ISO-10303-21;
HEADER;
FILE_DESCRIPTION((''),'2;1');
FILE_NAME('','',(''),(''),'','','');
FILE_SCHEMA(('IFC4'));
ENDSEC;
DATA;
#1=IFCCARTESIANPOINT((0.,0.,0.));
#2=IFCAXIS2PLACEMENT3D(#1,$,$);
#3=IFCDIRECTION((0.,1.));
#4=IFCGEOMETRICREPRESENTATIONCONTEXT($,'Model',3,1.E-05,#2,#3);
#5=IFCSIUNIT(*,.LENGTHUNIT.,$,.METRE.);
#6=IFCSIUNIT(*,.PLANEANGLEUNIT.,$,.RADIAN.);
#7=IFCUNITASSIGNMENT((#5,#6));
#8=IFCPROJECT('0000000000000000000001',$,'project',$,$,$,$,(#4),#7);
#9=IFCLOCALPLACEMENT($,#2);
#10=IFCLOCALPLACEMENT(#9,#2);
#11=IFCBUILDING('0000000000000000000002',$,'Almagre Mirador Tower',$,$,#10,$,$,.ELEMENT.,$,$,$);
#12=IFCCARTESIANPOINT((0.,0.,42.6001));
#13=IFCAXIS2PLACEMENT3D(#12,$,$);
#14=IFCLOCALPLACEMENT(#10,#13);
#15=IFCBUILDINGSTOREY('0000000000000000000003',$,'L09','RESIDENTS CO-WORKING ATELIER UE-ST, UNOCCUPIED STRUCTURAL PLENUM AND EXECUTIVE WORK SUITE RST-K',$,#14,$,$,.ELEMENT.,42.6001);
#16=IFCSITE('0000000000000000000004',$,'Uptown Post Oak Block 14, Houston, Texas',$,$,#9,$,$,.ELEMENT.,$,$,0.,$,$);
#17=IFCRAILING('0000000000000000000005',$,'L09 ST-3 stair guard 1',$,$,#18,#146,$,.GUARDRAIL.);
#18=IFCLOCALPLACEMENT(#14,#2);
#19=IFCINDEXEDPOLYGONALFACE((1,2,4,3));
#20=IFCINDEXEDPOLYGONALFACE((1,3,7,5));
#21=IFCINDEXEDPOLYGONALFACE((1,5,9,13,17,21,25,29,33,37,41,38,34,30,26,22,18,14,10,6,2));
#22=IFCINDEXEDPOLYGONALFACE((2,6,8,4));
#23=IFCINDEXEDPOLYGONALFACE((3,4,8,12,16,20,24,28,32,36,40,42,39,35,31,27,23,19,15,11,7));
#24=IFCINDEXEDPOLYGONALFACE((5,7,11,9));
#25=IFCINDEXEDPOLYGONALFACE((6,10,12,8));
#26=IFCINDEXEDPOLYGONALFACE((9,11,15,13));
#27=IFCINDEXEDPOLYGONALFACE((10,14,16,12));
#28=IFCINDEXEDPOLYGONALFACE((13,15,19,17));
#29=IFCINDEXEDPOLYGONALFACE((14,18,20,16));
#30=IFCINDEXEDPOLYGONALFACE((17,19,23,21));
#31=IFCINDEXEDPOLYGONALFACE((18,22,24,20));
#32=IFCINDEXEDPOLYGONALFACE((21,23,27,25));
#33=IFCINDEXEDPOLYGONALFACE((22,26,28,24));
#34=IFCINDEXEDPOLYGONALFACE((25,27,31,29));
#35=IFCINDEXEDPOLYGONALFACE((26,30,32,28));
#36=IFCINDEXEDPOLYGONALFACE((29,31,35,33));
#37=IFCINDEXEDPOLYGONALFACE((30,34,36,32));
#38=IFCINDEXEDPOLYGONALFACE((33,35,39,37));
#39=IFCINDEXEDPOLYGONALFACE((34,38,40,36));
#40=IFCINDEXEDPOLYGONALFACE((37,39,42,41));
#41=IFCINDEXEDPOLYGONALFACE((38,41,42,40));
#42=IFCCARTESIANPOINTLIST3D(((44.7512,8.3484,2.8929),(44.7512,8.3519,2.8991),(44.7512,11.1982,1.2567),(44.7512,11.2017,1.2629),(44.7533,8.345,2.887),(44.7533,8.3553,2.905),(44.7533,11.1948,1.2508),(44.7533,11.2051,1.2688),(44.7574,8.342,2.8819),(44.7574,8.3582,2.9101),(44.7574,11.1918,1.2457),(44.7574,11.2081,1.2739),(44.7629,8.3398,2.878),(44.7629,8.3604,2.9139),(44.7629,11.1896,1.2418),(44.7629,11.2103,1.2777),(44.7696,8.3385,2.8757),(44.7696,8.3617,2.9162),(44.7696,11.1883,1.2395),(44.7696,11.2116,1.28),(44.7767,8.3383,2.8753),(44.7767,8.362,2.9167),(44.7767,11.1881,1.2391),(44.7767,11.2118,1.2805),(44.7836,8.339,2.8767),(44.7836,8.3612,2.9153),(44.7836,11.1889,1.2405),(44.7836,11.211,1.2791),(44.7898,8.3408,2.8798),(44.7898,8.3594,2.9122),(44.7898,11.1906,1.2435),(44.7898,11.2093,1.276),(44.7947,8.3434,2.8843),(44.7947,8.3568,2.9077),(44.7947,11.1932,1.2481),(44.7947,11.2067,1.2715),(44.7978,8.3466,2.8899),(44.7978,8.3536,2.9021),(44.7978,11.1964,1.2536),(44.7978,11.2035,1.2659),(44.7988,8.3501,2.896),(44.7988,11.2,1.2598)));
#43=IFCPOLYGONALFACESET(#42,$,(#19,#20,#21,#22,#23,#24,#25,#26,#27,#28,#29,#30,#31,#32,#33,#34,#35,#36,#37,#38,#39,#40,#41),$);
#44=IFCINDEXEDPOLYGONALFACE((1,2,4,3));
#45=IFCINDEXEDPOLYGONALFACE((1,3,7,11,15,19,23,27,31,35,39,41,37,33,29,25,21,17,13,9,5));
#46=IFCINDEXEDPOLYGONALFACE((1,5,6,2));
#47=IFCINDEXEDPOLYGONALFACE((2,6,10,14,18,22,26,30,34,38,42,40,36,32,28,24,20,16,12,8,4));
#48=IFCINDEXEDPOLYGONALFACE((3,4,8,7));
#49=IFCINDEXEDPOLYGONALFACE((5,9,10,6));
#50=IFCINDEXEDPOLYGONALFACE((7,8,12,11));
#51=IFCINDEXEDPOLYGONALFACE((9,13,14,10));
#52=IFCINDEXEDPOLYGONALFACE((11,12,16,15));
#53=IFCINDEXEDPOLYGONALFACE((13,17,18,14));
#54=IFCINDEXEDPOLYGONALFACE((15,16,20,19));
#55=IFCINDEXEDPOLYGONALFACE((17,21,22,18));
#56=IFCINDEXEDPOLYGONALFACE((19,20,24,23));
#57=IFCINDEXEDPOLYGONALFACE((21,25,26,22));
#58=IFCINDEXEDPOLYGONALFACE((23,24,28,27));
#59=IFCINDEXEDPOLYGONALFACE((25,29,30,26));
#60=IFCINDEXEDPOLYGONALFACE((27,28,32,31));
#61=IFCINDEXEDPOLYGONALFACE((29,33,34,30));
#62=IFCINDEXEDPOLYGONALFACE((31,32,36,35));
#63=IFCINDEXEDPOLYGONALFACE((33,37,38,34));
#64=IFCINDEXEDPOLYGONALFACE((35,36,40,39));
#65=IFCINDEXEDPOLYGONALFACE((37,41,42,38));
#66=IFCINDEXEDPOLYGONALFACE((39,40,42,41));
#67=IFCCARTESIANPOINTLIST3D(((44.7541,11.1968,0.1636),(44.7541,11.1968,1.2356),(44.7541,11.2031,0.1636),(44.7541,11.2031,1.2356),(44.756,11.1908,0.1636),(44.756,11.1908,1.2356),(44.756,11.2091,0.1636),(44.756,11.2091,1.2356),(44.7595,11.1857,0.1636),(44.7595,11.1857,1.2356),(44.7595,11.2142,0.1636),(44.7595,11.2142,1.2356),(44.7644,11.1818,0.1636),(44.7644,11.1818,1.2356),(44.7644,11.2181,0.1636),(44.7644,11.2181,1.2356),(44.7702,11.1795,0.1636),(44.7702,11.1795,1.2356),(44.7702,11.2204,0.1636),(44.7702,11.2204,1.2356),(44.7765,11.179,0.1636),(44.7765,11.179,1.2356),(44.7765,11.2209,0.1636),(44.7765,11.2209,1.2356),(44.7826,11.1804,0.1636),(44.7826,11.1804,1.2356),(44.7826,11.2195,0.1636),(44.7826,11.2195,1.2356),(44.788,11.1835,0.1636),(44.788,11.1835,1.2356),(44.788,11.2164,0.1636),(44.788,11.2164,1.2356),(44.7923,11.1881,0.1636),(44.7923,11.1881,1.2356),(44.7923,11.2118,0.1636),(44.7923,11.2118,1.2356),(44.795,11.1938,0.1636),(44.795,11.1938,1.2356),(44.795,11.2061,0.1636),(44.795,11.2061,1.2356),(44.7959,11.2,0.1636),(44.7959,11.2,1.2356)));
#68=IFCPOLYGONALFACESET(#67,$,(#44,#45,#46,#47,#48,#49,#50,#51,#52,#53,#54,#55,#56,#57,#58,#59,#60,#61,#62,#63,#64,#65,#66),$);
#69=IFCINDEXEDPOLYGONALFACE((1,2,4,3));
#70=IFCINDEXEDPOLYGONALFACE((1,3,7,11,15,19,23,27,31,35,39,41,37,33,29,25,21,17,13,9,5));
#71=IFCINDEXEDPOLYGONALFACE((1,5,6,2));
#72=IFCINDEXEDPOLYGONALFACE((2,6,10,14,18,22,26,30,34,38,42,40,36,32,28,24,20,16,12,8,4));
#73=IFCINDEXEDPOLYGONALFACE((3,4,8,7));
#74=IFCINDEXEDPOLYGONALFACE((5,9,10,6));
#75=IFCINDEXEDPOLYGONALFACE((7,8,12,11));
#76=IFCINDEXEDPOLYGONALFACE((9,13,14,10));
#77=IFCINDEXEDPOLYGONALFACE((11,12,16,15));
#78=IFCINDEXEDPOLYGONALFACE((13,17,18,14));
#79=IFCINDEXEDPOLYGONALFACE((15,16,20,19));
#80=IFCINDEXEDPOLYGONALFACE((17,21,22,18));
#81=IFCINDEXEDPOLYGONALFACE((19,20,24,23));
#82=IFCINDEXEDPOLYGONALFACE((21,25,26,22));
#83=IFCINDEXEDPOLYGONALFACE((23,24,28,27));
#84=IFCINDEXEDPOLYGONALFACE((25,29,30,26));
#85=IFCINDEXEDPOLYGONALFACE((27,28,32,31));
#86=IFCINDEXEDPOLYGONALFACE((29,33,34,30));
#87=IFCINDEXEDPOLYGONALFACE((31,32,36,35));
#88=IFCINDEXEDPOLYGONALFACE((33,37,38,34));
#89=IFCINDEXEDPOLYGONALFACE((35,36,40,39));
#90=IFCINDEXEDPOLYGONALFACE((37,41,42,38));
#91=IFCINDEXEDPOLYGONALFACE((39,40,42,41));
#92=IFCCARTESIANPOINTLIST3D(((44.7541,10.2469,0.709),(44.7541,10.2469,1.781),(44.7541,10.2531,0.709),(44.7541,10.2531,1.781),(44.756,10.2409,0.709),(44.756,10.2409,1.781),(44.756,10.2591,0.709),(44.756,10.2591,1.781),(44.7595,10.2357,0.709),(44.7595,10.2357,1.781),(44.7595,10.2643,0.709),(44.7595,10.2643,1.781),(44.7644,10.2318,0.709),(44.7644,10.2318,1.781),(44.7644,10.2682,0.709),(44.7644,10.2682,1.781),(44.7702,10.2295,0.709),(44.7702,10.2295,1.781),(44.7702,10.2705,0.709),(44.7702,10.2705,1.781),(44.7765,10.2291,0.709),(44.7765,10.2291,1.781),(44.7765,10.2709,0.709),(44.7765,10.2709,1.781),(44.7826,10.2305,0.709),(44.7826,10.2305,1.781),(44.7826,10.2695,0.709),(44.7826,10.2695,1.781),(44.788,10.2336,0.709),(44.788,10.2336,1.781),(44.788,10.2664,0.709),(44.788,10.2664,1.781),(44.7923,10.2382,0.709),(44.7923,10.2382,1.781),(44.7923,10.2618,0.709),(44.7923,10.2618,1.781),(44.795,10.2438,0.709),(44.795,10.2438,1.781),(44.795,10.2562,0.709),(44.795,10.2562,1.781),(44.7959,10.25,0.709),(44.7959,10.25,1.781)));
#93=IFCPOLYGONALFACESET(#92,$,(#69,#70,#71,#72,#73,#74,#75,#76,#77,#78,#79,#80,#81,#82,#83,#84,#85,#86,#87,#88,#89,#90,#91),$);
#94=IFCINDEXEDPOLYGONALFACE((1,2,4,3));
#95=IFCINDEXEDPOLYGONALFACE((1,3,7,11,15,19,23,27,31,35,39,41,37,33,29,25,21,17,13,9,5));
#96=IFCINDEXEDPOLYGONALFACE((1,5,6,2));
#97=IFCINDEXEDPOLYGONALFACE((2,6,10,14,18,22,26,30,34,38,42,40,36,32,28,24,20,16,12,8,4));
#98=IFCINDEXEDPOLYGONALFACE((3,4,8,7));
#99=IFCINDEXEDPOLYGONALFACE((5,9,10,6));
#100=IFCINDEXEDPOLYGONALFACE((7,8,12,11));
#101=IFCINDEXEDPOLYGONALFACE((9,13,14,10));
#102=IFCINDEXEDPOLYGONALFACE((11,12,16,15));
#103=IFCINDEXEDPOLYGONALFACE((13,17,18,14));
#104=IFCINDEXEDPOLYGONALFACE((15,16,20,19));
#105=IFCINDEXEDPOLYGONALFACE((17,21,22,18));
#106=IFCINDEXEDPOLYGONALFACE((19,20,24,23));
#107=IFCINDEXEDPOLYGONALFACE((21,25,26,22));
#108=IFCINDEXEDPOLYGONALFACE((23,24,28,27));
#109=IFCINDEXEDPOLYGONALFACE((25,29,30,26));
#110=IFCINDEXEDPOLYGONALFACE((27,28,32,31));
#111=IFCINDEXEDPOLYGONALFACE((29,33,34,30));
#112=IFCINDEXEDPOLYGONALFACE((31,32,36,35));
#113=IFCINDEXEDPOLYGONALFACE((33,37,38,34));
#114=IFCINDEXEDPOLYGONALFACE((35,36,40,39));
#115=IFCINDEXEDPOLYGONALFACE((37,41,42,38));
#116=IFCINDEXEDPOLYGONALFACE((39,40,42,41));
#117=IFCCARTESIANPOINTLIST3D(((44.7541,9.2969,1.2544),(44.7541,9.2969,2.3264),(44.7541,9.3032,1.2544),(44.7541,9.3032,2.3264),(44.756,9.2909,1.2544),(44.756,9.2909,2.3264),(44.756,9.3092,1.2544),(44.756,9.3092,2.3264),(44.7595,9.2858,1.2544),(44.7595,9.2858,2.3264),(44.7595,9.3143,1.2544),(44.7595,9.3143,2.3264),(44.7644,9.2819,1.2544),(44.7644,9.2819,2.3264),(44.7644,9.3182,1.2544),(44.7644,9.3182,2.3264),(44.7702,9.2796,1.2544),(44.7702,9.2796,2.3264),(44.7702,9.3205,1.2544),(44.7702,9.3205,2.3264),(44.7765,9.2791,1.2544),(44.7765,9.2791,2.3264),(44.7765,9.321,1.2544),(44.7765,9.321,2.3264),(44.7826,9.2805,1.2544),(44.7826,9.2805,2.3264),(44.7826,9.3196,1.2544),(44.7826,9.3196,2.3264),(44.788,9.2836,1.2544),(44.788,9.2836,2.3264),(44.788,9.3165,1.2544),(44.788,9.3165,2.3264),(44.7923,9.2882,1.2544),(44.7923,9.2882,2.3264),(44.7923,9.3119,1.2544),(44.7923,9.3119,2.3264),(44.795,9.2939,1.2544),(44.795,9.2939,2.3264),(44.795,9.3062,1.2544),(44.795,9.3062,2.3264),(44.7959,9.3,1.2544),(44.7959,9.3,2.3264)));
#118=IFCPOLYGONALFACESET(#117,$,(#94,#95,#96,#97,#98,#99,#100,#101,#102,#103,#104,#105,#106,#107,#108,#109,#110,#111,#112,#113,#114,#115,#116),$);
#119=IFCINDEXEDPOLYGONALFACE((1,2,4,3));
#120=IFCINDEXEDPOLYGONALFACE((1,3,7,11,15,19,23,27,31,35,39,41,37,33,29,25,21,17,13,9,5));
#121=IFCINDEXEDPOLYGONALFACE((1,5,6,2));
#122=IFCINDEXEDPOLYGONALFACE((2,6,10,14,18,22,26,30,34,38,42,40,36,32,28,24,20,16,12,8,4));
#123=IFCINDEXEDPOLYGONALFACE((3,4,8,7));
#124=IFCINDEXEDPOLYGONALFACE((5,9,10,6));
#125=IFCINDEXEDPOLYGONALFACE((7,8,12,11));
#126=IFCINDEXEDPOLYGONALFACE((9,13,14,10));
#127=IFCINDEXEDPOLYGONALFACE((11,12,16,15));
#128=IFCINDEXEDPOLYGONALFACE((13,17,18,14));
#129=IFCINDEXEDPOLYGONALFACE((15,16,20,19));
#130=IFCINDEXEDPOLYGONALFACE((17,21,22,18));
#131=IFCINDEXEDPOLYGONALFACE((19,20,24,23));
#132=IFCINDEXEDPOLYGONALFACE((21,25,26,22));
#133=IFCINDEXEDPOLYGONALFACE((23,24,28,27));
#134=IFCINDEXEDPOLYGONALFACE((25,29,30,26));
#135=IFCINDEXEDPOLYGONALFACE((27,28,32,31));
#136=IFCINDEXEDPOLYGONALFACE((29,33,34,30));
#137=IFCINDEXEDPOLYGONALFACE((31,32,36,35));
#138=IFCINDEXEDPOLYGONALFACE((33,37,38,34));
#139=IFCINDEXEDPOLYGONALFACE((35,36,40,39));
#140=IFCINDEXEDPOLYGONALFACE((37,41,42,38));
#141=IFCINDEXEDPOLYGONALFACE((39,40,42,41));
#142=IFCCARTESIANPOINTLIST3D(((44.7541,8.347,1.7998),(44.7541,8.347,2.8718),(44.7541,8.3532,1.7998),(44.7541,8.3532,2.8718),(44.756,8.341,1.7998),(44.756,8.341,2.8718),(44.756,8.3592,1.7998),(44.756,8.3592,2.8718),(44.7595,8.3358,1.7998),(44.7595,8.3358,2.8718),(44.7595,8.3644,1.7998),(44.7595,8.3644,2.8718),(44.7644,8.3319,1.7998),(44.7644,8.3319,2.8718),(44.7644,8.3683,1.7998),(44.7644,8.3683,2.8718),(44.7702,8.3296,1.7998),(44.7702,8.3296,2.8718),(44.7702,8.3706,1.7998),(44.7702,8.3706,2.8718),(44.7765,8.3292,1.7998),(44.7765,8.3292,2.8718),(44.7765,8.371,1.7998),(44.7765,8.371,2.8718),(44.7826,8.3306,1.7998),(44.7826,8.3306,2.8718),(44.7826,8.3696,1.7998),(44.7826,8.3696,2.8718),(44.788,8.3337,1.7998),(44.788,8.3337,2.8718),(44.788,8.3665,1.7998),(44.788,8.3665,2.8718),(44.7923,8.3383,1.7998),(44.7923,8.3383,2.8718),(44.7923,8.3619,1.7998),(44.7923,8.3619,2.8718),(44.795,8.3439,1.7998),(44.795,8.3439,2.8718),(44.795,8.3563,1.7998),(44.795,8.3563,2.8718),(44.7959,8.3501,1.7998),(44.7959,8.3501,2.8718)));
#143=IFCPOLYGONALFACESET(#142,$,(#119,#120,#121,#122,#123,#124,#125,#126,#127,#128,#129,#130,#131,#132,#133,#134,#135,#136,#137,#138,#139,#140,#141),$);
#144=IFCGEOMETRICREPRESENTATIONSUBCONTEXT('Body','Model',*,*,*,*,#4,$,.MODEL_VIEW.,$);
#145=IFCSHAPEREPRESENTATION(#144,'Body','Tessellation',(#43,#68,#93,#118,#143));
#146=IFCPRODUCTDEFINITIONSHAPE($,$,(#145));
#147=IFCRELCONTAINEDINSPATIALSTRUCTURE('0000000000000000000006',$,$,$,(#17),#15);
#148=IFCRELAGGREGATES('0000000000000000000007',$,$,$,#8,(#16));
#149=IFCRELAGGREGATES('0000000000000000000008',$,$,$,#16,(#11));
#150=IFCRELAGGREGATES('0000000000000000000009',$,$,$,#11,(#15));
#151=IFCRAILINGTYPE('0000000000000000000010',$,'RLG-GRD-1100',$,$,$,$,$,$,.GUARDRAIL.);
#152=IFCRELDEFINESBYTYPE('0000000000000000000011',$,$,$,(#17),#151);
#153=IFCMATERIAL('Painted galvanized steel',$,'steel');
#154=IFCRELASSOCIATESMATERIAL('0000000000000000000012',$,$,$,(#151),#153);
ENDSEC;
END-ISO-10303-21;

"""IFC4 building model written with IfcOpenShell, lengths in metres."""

from ifc_helpers import new_model, si_unit, direction, frame, origin, origin_2d, place, context, subcontext, project, spatial, circle, extrude, material, type_object, element, save


model = new_model("IFC4")

# Units and contexts
model_context = context("Model", 3, precision=1e-05, world=origin(), true_north=direction((0.0, 1.0)))
body_context = subcontext(model_context, "Body", "Model", "MODEL_VIEW")
ifc_project = project(units=[si_unit("LENGTHUNIT", "METRE"), si_unit("PLANEANGLEUNIT", "RADIAN")], contexts=[model_context])

# Site, building, storey
site_placement = place(None, origin())
site = spatial("IfcSite", under=ifc_project, at=site_placement, Name="Uptown Post Oak Block 14, Houston, Texas", CompositionType="ELEMENT", RefElevation=0.0)
building_placement = place(site_placement, origin())
building = spatial("IfcBuilding", under=site, at=building_placement, Name="Almagre Mirador Tower", CompositionType="ELEMENT")
storey_placement = place(building_placement, frame((0.0, 0.0, 42.6001)))
storey = spatial("IfcBuildingStorey", under=building, at=storey_placement, Name="L09", Description="RESIDENTS CO-WORKING ATELIER UE-ST, UNOCCUPIED STRUCTURAL PLENUM AND EXECUTIVE WORK SUITE RST-K", CompositionType="ELEMENT", Elevation=42.6001)

# Railing
ifc_material_1 = material(Name="Painted galvanized steel", Category="steel")
railing_type_1 = type_object("IfcRailingType", Name="RLG-GRD-1100", PredefinedType="GUARDRAIL", material=ifc_material_1)
railing_1_placement = place(storey_placement, frame((44.7749, 11.2, 0.1636)))
element("IfcRailing", 1, at=railing_1_placement, inside=storey, type_object=railing_type_1, Name="L09 ST-3 stair guard 1", PredefinedType="GUARDRAIL", context=body_context, shape_type="SweptSolid", body=[
    extrude(circle(Radius=0.0239, at=origin_2d()), frame((0.0, 0.0, 1.0962), z_axis=(0.0, -0.867226, 0.497914), x_axis=(1.0, 0.0, 0.0)), (0.0, 0.0, 1.0), 3.2861),
    extrude(circle(Radius=0.021, at=origin_2d()), origin(), (0.0, 0.0, 1.0), 1.072),
    extrude(circle(Radius=0.021, at=origin_2d()), frame((0.0, -0.95, 0.5454)), (0.0, 0.0, 1.0), 1.072),
    extrude(circle(Radius=0.021, at=origin_2d()), frame((0.0, -1.8999, 1.0908)), (0.0, 0.0, 1.0), 1.072),
    extrude(circle(Radius=0.021, at=origin_2d()), frame((0.0, -2.8499, 1.6362)), (0.0, 0.0, 1.0), 1.072),
])

save(model, "model.ifc")
